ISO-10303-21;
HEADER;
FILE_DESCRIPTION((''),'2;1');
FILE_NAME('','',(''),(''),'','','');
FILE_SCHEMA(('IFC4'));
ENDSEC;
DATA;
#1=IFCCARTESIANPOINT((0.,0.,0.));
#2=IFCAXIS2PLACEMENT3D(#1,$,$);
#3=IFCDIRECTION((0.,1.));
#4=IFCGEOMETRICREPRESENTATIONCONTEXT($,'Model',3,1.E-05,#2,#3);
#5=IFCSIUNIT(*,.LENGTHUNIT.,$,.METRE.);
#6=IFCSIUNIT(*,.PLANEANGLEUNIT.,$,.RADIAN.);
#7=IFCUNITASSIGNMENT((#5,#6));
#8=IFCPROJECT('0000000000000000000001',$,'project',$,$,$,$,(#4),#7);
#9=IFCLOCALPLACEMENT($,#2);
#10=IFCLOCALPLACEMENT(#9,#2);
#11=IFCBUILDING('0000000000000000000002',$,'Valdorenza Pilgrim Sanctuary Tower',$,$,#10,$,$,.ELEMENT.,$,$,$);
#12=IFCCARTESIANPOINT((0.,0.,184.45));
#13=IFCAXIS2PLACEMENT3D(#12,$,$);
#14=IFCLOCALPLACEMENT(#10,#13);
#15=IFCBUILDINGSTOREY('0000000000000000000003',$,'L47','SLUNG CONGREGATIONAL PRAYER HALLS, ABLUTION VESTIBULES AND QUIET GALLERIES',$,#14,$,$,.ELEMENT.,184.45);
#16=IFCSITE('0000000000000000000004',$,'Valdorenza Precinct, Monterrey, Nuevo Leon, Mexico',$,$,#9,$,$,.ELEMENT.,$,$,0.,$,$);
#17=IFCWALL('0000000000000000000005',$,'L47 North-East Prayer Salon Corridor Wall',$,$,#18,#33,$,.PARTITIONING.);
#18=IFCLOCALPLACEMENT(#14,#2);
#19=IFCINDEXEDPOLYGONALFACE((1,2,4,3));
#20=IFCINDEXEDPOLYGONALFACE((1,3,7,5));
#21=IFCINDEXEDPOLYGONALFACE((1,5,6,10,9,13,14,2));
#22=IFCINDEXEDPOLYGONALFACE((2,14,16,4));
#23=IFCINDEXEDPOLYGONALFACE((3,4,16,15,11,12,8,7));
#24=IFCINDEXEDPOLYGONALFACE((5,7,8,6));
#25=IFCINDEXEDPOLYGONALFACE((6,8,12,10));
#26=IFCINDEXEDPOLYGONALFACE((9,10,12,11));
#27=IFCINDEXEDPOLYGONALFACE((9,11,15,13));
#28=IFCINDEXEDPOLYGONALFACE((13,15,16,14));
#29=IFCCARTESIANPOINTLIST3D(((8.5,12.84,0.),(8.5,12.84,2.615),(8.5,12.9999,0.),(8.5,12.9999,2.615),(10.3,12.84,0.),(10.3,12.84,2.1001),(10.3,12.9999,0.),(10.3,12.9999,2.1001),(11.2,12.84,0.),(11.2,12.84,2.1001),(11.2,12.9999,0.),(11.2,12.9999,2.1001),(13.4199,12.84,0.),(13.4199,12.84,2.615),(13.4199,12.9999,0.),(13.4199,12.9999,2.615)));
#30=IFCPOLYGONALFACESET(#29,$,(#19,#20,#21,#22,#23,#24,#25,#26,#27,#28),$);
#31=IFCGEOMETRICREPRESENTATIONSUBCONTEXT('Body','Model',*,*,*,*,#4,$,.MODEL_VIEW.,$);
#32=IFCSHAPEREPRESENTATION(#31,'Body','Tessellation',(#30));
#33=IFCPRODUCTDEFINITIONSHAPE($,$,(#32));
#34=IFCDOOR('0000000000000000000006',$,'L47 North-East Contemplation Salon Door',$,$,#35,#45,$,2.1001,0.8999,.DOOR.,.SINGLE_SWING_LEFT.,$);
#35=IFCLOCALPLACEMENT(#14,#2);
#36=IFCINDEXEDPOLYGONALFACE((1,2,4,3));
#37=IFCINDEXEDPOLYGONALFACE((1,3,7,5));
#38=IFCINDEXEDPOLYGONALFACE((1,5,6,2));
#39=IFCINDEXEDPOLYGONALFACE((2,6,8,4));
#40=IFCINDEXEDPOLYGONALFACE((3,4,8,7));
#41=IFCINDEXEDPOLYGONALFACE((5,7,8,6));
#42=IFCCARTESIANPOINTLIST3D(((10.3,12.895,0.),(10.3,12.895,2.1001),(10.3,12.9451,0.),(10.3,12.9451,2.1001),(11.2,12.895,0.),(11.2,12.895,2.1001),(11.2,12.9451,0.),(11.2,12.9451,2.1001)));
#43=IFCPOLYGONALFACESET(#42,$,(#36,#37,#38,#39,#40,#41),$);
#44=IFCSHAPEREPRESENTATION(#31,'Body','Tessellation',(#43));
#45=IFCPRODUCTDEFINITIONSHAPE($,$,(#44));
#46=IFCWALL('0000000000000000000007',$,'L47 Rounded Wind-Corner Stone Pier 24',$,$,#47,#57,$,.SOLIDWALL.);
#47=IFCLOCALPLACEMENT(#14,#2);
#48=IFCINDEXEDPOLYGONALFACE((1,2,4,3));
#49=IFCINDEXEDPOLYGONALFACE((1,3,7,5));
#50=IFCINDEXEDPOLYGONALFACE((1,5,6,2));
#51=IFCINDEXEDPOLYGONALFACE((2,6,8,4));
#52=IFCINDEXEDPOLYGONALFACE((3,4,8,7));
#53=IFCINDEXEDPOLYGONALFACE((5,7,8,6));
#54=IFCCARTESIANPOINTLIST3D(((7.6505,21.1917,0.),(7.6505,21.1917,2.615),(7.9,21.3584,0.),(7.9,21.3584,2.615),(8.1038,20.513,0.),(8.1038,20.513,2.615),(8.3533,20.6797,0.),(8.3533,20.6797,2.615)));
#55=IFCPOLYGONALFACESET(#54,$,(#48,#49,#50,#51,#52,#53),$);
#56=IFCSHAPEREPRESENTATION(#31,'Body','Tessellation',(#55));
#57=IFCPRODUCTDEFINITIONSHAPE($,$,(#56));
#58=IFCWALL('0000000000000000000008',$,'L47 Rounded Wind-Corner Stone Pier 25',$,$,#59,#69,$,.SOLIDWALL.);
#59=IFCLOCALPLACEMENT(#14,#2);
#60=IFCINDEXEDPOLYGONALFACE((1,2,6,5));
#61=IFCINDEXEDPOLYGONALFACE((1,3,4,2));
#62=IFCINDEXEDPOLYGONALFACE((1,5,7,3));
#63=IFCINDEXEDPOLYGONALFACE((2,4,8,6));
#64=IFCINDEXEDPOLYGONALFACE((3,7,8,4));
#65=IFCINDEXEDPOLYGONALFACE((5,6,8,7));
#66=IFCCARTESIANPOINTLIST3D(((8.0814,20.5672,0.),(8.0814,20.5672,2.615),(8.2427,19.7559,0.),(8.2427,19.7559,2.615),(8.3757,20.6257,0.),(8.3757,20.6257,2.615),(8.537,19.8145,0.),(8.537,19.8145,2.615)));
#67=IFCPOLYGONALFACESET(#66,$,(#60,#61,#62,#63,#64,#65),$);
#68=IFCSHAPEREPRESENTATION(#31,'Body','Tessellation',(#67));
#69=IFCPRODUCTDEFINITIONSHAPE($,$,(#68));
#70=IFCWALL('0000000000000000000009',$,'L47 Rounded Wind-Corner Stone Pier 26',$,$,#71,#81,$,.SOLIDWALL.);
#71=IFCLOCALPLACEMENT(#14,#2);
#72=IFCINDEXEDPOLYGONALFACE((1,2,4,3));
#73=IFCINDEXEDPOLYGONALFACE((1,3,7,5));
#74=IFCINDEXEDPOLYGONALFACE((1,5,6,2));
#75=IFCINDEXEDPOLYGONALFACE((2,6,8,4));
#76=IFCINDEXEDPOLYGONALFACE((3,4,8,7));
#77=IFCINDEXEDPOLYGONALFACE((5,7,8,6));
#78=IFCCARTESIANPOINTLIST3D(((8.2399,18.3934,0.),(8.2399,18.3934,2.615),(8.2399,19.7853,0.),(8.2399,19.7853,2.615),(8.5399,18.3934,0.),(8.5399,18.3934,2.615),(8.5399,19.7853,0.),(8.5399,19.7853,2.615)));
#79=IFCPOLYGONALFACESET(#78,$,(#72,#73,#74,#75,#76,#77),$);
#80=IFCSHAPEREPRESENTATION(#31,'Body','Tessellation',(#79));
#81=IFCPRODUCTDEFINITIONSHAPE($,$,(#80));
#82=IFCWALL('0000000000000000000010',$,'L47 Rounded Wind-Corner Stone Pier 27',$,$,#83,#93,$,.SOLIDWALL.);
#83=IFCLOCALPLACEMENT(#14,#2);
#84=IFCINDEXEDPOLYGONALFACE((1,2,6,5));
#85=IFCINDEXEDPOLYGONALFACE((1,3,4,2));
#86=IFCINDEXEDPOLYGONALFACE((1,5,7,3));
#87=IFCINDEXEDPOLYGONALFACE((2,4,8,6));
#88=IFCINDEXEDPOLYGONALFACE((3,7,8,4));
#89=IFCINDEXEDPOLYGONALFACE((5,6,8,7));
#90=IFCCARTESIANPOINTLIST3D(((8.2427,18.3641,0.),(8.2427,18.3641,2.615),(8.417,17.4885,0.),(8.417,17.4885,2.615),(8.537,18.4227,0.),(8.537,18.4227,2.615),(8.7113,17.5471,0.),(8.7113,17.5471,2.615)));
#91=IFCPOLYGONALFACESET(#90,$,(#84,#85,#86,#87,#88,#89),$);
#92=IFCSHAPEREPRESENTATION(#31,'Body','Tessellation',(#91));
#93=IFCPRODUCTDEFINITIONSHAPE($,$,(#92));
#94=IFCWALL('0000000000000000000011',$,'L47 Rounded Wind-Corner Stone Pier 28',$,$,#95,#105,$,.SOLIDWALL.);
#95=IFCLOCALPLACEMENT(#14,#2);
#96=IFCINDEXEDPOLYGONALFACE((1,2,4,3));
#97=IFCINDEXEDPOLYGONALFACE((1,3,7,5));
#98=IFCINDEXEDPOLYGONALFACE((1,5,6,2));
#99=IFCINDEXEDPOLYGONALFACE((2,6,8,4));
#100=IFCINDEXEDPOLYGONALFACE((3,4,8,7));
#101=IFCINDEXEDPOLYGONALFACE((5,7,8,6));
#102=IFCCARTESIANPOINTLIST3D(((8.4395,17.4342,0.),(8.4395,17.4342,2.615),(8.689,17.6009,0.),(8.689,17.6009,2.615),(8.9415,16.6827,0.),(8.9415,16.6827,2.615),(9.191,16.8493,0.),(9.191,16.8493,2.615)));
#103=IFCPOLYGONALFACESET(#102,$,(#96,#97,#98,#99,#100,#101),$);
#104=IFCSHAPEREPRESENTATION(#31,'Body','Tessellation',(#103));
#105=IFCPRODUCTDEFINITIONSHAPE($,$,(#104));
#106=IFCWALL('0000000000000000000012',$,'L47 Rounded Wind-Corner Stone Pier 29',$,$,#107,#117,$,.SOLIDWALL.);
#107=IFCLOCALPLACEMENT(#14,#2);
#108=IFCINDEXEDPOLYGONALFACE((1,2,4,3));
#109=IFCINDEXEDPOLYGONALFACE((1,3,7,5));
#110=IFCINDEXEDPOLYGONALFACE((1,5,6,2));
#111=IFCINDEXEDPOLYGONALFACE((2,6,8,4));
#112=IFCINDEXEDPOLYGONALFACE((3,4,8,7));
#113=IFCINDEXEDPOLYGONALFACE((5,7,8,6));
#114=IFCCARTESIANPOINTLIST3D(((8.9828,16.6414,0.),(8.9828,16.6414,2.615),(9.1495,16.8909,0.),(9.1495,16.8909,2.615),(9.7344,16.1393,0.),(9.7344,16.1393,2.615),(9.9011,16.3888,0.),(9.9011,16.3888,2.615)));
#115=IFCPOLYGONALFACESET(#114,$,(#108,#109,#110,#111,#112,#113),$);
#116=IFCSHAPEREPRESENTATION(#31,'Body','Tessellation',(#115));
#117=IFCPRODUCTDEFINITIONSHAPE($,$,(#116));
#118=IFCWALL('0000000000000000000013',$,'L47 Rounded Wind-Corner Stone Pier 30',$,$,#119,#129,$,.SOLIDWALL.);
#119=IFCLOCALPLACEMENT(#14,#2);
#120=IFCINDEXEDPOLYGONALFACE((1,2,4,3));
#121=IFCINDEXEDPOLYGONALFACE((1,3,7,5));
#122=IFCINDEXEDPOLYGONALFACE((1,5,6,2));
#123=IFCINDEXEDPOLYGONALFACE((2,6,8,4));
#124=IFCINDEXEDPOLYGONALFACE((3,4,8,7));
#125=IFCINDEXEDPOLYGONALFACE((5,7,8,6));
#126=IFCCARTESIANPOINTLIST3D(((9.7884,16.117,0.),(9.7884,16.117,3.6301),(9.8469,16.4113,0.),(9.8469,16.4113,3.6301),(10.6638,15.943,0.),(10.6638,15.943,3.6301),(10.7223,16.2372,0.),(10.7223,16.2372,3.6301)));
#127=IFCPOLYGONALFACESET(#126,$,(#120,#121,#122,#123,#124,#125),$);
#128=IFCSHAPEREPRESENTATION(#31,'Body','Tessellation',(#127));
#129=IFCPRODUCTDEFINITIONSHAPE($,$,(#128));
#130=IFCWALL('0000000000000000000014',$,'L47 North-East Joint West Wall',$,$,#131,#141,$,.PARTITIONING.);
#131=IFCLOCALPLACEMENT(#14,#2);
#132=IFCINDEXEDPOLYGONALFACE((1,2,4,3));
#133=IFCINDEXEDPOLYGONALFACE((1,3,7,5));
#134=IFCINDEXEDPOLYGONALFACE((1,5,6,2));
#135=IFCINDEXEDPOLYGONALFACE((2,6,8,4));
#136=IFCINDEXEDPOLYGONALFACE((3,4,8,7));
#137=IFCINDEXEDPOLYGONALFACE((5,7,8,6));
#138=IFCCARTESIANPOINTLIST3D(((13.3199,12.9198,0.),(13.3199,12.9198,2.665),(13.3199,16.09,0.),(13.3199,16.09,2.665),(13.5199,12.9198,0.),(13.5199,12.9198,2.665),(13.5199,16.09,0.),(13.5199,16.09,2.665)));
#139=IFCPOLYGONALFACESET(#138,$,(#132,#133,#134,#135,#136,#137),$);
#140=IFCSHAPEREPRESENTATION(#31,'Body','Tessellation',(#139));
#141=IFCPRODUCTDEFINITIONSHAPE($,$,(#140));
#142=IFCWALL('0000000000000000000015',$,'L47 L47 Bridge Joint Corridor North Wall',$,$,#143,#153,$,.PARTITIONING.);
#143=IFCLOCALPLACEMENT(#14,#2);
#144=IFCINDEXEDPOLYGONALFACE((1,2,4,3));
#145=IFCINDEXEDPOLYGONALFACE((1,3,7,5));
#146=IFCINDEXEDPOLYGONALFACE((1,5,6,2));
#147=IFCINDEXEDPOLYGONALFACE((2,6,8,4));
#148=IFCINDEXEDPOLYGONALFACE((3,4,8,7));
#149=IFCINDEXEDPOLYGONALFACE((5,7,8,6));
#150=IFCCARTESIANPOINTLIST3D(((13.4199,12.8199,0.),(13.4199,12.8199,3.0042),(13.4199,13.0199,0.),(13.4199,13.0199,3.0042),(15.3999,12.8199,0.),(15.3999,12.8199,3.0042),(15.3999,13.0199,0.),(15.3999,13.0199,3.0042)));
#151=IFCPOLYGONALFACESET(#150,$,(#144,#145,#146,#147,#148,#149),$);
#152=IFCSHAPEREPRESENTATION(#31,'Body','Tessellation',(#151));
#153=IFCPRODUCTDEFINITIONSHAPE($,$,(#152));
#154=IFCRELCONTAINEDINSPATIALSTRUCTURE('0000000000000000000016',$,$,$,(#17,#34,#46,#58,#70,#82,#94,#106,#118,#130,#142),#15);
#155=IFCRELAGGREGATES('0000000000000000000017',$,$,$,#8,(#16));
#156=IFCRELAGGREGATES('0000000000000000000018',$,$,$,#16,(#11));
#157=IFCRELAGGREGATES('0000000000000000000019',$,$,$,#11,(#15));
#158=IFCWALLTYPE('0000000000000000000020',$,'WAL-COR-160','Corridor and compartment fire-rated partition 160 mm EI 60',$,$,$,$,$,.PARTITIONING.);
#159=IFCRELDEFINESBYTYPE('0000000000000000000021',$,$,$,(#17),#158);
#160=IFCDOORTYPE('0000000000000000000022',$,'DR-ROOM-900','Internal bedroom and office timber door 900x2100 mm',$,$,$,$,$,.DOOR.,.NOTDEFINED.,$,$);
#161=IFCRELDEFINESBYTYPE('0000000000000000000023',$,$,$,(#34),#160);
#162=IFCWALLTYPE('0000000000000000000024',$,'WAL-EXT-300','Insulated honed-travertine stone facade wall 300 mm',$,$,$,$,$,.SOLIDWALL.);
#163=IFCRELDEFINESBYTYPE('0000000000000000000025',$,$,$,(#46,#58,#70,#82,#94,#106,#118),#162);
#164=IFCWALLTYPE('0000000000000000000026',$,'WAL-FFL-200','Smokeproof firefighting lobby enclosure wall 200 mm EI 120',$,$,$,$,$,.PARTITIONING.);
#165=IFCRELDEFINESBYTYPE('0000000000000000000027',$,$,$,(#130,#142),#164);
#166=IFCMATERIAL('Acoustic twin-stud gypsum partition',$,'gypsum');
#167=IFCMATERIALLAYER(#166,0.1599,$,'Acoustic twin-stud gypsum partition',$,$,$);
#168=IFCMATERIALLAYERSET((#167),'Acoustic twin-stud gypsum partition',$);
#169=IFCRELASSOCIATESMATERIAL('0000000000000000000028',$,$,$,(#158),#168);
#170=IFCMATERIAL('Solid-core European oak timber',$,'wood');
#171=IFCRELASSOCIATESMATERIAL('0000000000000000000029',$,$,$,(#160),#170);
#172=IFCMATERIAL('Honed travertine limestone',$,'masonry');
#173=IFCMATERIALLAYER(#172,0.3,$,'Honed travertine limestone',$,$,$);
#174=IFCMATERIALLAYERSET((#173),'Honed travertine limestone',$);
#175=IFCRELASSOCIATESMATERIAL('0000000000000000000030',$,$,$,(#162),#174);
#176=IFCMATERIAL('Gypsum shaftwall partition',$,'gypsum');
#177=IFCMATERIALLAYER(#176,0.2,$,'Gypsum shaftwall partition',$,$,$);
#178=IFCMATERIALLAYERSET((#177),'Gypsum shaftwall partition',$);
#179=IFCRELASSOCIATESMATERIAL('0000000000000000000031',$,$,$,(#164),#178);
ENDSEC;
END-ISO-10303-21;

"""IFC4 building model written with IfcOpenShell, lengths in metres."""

from ifc_helpers import new_model, si_unit, direction, frame, frame_2d, origin, place, context, subcontext, project, spatial, rectangle, extrude, material, layer, layer_set, type_object, element, fill, save


model = new_model("IFC4")

# Units and contexts
model_context = context("Model", 3, precision=1e-05, world=origin(), true_north=direction((0.0, 1.0)))
body_context = subcontext(model_context, "Body", "Model", "MODEL_VIEW")
ifc_project = project(units=[si_unit("LENGTHUNIT", "METRE"), si_unit("PLANEANGLEUNIT", "RADIAN")], contexts=[model_context])

# Site, building, storey
site_placement = place(None, origin())
site = spatial("IfcSite", under=ifc_project, at=site_placement, Name="Valdorenza Precinct, Monterrey, Nuevo Leon, Mexico", CompositionType="ELEMENT", RefElevation=0.0)
building_placement = place(site_placement, origin())
building = spatial("IfcBuilding", under=site, at=building_placement, Name="Valdorenza Pilgrim Sanctuary Tower", CompositionType="ELEMENT")
storey_placement = place(building_placement, frame((0.0, 0.0, 184.45)))
storey = spatial("IfcBuildingStorey", under=building, at=storey_placement, Name="L47", Description="SLUNG CONGREGATIONAL PRAYER HALLS, ABLUTION VESTIBULES AND QUIET GALLERIES", CompositionType="ELEMENT", Elevation=184.45)

# Shared definitions
ifc_material_1 = material(Name="Honed travertine limestone", Category="masonry")

# Wall, opening, door
ifc_material_2 = material(Name="Acoustic twin-stud gypsum partition", Category="gypsum")
ifc_layer_1 = layer(ifc_material_2, 0.1599, Name="Acoustic twin-stud gypsum partition")
ifc_layer_set_1 = layer_set([ifc_layer_1], Name="Acoustic twin-stud gypsum partition")
wall_type_1 = type_object("IfcWallType", Name="WAL-COR-160", Description="Corridor and compartment fire-rated partition 160 mm EI 60", PredefinedType="PARTITIONING", material=ifc_layer_set_1)
wall_1_placement = place(storey_placement, frame((8.5, 12.9199, 0.0), z_axis=(0.0, 0.0, 1.0), x_axis=(1.0, 0.0, 0.0)))
wall_1 = element("IfcWall", 1, at=wall_1_placement, inside=storey, type_object=wall_type_1, Name="L47 North-East Prayer Salon Corridor Wall", PredefinedType="PARTITIONING", context=body_context, shape_type="SweptSolid", body=[
    extrude(rectangle(XDim=4.9199, YDim=0.1599, at=frame_2d((2.46, 0.0))), origin(), (0.0, 0.0, 1.0), 2.615),
])
opening_placement = place(wall_1_placement, frame((1.8, 0.0, 0.0)))
opening = element("IfcOpeningElement", 2, at=opening_placement, cuts=wall_1, PredefinedType="OPENING", context=body_context, shape_type="SweptSolid", body=[
    extrude(rectangle(XDim=0.8999, YDim=2.1001, at=frame_2d((0.45, 1.05))), frame((0.0, 0.0947, 0.0), z_axis=(0.0, -1.0, 0.0), x_axis=(1.0, 0.0, 0.0)), (0.0, 0.0, 1.0), 0.1897),
])
ifc_material_3 = material(Name="Solid-core European oak timber", Category="wood")
door_type = type_object("IfcDoorType", Name="DR-ROOM-900", Description="Internal bedroom and office timber door 900x2100 mm", OperationType="NOTDEFINED", PredefinedType="DOOR", material=ifc_material_3)
door_placement = place(opening_placement, frame((0.8999, 0.0, 0.0), z_axis=(0.0, 0.0, 1.0), x_axis=(-1.0, 0.0, 0.0)))
door = element("IfcDoor", 3, at=door_placement, inside=storey, type_object=door_type, Name="L47 North-East Contemplation Salon Door", OperationType="SINGLE_SWING_LEFT", OverallHeight=2.1001, OverallWidth=0.8999, PredefinedType="DOOR", context=body_context, shape_type="SweptSolid", body=[
    extrude(rectangle(XDim=0.8999, YDim=2.1001, at=frame_2d((0.45, 1.05))), frame((0.0, 0.0249, 0.0), z_axis=(0.0, -1.0, 0.0), x_axis=(1.0, 0.0, 0.0)), (0.0, 0.0, 1.0), 0.05),
])
fill(opening, door)

# Walls
ifc_layer_2 = layer(ifc_material_1, 0.3, Name="Honed travertine limestone")
ifc_layer_set_2 = layer_set([ifc_layer_2], Name="Honed travertine limestone")
wall_type_2 = type_object("IfcWallType", Name="WAL-EXT-300", Description="Insulated honed-travertine stone facade wall 300 mm", PredefinedType="SOLIDWALL", material=ifc_layer_set_2)
wall_2_placement = place(storey_placement, frame((7.7751, 21.2751, 0.0), z_axis=(0.0, 0.0, 1.0), x_axis=(0.555459, -0.831544, 0.0)))
element("IfcWall", 4, at=wall_2_placement, inside=storey, type_object=wall_type_2, Name="L47 Rounded Wind-Corner Stone Pier 24", PredefinedType="SOLIDWALL", context=body_context, shape_type="SweptSolid", body=[
    extrude(rectangle(XDim=0.8162, YDim=0.3, at=frame_2d((0.4082, 0.0))), origin(), (0.0, 0.0, 1.0), 2.615),
])
wall_3_placement = place(storey_placement, frame((8.2285, 20.5964, 0.0), z_axis=(0.0, 0.0, 1.0), x_axis=(0.195094, -0.980784, 0.0)))
element("IfcWall", 5, at=wall_3_placement, inside=storey, type_object=wall_type_2, Name="L47 Rounded Wind-Corner Stone Pier 25", PredefinedType="SOLIDWALL", context=body_context, shape_type="SweptSolid", body=[
    extrude(rectangle(XDim=0.8271, YDim=0.3, at=frame_2d((0.4136, 0.0))), origin(), (0.0, 0.0, 1.0), 2.615),
])
wall_4_placement = place(storey_placement, frame((8.3899, 19.7852, 0.0), z_axis=(0.0, 0.0, 1.0), x_axis=(0.0, -1.0, 0.0)))
element("IfcWall", 6, at=wall_4_placement, inside=storey, type_object=wall_type_2, Name="L47 Rounded Wind-Corner Stone Pier 26", PredefinedType="SOLIDWALL", context=body_context, shape_type="SweptSolid", body=[
    extrude(rectangle(XDim=1.3918, YDim=0.3, at=frame_2d((0.6958, 0.0))), origin(), (0.0, 0.0, 1.0), 2.615),
])
wall_5_placement = place(storey_placement, frame((8.3899, 18.3933, 0.0), z_axis=(0.0, 0.0, 1.0), x_axis=(0.195222, -0.980759, 0.0)))
element("IfcWall", 7, at=wall_5_placement, inside=storey, type_object=wall_type_2, Name="L47 Rounded Wind-Corner Stone Pier 27", PredefinedType="SOLIDWALL", context=body_context, shape_type="SweptSolid", body=[
    extrude(rectangle(XDim=0.8928, YDim=0.3, at=frame_2d((0.4463, 0.0))), origin(), (0.0, 0.0, 1.0), 2.615),
])
for number, where, z_axis, x_axis, name in (
    (8, (8.5642, 17.5176, 0.0), (0.0, 0.0, 1.0), (0.555448, -0.831551, 0.0), "L47 Rounded Wind-Corner Stone Pier 28"),
    (9, (9.0662, 16.7661, 0.0), (0.0, 0.0, 1.0), (0.831551, -0.555448, 0.0), "L47 Rounded Wind-Corner Stone Pier 29"),
):
    element("IfcWall", number, at=place(storey_placement, frame(where, z_axis=z_axis, x_axis=x_axis)), inside=storey, type_object=wall_type_2, Name=name, PredefinedType="SOLIDWALL", context=body_context, shape_type="SweptSolid", body=[
        extrude(rectangle(XDim=0.9038, YDim=0.3, at=frame_2d((0.4519, 0.0))), origin(), (0.0, 0.0, 1.0), 2.615),
    ])
wall_6_placement = place(storey_placement, frame((9.8176, 16.2642, 0.0), z_axis=(0.0, 0.0, 1.0), x_axis=(0.980801, -0.195011, 0.0)))
element("IfcWall", 10, at=wall_6_placement, inside=storey, type_object=wall_type_2, Name="L47 Rounded Wind-Corner Stone Pier 30", PredefinedType="SOLIDWALL", context=body_context, shape_type="SweptSolid", body=[
    extrude(rectangle(XDim=0.8926, YDim=0.3, at=frame_2d((0.4463, 0.0))), origin(), (0.0, 0.0, 1.0), 3.6301),
])
ifc_material_4 = material(Name="Gypsum shaftwall partition", Category="gypsum")
ifc_layer_3 = layer(ifc_material_4, 0.2, Name="Gypsum shaftwall partition")
ifc_layer_set_3 = layer_set([ifc_layer_3], Name="Gypsum shaftwall partition")
wall_type_3 = type_object("IfcWallType", Name="WAL-FFL-200", Description="Smokeproof firefighting lobby enclosure wall 200 mm EI 120", PredefinedType="PARTITIONING", material=ifc_layer_set_3)
wall_7_placement = place(storey_placement, frame((13.4199, 12.9199, 0.0), z_axis=(0.0, 0.0, 1.0), x_axis=(0.0, 1.0, 0.0)))
element("IfcWall", 11, at=wall_7_placement, inside=storey, type_object=wall_type_3, Name="L47 North-East Joint West Wall", PredefinedType="PARTITIONING", context=body_context, shape_type="SweptSolid", body=[
    extrude(rectangle(XDim=3.1702, YDim=0.2, at=frame_2d((1.585, 0.0))), origin(), (0.0, 0.0, 1.0), 2.665),
])
wall_8_placement = place(storey_placement, frame((13.4199, 12.9199, 0.0), z_axis=(0.0, 0.0, 1.0), x_axis=(1.0, 0.0, 0.0)))
element("IfcWall", 12, at=wall_8_placement, inside=storey, type_object=wall_type_3, Name="L47 L47 Bridge Joint Corridor North Wall", PredefinedType="PARTITIONING", context=body_context, shape_type="SweptSolid", body=[
    extrude(rectangle(XDim=1.98, YDim=0.2, at=frame_2d((0.99, 0.0))), origin(), (0.0, 0.0, 1.0), 3.0042),
])

save(model, "model.ifc")
